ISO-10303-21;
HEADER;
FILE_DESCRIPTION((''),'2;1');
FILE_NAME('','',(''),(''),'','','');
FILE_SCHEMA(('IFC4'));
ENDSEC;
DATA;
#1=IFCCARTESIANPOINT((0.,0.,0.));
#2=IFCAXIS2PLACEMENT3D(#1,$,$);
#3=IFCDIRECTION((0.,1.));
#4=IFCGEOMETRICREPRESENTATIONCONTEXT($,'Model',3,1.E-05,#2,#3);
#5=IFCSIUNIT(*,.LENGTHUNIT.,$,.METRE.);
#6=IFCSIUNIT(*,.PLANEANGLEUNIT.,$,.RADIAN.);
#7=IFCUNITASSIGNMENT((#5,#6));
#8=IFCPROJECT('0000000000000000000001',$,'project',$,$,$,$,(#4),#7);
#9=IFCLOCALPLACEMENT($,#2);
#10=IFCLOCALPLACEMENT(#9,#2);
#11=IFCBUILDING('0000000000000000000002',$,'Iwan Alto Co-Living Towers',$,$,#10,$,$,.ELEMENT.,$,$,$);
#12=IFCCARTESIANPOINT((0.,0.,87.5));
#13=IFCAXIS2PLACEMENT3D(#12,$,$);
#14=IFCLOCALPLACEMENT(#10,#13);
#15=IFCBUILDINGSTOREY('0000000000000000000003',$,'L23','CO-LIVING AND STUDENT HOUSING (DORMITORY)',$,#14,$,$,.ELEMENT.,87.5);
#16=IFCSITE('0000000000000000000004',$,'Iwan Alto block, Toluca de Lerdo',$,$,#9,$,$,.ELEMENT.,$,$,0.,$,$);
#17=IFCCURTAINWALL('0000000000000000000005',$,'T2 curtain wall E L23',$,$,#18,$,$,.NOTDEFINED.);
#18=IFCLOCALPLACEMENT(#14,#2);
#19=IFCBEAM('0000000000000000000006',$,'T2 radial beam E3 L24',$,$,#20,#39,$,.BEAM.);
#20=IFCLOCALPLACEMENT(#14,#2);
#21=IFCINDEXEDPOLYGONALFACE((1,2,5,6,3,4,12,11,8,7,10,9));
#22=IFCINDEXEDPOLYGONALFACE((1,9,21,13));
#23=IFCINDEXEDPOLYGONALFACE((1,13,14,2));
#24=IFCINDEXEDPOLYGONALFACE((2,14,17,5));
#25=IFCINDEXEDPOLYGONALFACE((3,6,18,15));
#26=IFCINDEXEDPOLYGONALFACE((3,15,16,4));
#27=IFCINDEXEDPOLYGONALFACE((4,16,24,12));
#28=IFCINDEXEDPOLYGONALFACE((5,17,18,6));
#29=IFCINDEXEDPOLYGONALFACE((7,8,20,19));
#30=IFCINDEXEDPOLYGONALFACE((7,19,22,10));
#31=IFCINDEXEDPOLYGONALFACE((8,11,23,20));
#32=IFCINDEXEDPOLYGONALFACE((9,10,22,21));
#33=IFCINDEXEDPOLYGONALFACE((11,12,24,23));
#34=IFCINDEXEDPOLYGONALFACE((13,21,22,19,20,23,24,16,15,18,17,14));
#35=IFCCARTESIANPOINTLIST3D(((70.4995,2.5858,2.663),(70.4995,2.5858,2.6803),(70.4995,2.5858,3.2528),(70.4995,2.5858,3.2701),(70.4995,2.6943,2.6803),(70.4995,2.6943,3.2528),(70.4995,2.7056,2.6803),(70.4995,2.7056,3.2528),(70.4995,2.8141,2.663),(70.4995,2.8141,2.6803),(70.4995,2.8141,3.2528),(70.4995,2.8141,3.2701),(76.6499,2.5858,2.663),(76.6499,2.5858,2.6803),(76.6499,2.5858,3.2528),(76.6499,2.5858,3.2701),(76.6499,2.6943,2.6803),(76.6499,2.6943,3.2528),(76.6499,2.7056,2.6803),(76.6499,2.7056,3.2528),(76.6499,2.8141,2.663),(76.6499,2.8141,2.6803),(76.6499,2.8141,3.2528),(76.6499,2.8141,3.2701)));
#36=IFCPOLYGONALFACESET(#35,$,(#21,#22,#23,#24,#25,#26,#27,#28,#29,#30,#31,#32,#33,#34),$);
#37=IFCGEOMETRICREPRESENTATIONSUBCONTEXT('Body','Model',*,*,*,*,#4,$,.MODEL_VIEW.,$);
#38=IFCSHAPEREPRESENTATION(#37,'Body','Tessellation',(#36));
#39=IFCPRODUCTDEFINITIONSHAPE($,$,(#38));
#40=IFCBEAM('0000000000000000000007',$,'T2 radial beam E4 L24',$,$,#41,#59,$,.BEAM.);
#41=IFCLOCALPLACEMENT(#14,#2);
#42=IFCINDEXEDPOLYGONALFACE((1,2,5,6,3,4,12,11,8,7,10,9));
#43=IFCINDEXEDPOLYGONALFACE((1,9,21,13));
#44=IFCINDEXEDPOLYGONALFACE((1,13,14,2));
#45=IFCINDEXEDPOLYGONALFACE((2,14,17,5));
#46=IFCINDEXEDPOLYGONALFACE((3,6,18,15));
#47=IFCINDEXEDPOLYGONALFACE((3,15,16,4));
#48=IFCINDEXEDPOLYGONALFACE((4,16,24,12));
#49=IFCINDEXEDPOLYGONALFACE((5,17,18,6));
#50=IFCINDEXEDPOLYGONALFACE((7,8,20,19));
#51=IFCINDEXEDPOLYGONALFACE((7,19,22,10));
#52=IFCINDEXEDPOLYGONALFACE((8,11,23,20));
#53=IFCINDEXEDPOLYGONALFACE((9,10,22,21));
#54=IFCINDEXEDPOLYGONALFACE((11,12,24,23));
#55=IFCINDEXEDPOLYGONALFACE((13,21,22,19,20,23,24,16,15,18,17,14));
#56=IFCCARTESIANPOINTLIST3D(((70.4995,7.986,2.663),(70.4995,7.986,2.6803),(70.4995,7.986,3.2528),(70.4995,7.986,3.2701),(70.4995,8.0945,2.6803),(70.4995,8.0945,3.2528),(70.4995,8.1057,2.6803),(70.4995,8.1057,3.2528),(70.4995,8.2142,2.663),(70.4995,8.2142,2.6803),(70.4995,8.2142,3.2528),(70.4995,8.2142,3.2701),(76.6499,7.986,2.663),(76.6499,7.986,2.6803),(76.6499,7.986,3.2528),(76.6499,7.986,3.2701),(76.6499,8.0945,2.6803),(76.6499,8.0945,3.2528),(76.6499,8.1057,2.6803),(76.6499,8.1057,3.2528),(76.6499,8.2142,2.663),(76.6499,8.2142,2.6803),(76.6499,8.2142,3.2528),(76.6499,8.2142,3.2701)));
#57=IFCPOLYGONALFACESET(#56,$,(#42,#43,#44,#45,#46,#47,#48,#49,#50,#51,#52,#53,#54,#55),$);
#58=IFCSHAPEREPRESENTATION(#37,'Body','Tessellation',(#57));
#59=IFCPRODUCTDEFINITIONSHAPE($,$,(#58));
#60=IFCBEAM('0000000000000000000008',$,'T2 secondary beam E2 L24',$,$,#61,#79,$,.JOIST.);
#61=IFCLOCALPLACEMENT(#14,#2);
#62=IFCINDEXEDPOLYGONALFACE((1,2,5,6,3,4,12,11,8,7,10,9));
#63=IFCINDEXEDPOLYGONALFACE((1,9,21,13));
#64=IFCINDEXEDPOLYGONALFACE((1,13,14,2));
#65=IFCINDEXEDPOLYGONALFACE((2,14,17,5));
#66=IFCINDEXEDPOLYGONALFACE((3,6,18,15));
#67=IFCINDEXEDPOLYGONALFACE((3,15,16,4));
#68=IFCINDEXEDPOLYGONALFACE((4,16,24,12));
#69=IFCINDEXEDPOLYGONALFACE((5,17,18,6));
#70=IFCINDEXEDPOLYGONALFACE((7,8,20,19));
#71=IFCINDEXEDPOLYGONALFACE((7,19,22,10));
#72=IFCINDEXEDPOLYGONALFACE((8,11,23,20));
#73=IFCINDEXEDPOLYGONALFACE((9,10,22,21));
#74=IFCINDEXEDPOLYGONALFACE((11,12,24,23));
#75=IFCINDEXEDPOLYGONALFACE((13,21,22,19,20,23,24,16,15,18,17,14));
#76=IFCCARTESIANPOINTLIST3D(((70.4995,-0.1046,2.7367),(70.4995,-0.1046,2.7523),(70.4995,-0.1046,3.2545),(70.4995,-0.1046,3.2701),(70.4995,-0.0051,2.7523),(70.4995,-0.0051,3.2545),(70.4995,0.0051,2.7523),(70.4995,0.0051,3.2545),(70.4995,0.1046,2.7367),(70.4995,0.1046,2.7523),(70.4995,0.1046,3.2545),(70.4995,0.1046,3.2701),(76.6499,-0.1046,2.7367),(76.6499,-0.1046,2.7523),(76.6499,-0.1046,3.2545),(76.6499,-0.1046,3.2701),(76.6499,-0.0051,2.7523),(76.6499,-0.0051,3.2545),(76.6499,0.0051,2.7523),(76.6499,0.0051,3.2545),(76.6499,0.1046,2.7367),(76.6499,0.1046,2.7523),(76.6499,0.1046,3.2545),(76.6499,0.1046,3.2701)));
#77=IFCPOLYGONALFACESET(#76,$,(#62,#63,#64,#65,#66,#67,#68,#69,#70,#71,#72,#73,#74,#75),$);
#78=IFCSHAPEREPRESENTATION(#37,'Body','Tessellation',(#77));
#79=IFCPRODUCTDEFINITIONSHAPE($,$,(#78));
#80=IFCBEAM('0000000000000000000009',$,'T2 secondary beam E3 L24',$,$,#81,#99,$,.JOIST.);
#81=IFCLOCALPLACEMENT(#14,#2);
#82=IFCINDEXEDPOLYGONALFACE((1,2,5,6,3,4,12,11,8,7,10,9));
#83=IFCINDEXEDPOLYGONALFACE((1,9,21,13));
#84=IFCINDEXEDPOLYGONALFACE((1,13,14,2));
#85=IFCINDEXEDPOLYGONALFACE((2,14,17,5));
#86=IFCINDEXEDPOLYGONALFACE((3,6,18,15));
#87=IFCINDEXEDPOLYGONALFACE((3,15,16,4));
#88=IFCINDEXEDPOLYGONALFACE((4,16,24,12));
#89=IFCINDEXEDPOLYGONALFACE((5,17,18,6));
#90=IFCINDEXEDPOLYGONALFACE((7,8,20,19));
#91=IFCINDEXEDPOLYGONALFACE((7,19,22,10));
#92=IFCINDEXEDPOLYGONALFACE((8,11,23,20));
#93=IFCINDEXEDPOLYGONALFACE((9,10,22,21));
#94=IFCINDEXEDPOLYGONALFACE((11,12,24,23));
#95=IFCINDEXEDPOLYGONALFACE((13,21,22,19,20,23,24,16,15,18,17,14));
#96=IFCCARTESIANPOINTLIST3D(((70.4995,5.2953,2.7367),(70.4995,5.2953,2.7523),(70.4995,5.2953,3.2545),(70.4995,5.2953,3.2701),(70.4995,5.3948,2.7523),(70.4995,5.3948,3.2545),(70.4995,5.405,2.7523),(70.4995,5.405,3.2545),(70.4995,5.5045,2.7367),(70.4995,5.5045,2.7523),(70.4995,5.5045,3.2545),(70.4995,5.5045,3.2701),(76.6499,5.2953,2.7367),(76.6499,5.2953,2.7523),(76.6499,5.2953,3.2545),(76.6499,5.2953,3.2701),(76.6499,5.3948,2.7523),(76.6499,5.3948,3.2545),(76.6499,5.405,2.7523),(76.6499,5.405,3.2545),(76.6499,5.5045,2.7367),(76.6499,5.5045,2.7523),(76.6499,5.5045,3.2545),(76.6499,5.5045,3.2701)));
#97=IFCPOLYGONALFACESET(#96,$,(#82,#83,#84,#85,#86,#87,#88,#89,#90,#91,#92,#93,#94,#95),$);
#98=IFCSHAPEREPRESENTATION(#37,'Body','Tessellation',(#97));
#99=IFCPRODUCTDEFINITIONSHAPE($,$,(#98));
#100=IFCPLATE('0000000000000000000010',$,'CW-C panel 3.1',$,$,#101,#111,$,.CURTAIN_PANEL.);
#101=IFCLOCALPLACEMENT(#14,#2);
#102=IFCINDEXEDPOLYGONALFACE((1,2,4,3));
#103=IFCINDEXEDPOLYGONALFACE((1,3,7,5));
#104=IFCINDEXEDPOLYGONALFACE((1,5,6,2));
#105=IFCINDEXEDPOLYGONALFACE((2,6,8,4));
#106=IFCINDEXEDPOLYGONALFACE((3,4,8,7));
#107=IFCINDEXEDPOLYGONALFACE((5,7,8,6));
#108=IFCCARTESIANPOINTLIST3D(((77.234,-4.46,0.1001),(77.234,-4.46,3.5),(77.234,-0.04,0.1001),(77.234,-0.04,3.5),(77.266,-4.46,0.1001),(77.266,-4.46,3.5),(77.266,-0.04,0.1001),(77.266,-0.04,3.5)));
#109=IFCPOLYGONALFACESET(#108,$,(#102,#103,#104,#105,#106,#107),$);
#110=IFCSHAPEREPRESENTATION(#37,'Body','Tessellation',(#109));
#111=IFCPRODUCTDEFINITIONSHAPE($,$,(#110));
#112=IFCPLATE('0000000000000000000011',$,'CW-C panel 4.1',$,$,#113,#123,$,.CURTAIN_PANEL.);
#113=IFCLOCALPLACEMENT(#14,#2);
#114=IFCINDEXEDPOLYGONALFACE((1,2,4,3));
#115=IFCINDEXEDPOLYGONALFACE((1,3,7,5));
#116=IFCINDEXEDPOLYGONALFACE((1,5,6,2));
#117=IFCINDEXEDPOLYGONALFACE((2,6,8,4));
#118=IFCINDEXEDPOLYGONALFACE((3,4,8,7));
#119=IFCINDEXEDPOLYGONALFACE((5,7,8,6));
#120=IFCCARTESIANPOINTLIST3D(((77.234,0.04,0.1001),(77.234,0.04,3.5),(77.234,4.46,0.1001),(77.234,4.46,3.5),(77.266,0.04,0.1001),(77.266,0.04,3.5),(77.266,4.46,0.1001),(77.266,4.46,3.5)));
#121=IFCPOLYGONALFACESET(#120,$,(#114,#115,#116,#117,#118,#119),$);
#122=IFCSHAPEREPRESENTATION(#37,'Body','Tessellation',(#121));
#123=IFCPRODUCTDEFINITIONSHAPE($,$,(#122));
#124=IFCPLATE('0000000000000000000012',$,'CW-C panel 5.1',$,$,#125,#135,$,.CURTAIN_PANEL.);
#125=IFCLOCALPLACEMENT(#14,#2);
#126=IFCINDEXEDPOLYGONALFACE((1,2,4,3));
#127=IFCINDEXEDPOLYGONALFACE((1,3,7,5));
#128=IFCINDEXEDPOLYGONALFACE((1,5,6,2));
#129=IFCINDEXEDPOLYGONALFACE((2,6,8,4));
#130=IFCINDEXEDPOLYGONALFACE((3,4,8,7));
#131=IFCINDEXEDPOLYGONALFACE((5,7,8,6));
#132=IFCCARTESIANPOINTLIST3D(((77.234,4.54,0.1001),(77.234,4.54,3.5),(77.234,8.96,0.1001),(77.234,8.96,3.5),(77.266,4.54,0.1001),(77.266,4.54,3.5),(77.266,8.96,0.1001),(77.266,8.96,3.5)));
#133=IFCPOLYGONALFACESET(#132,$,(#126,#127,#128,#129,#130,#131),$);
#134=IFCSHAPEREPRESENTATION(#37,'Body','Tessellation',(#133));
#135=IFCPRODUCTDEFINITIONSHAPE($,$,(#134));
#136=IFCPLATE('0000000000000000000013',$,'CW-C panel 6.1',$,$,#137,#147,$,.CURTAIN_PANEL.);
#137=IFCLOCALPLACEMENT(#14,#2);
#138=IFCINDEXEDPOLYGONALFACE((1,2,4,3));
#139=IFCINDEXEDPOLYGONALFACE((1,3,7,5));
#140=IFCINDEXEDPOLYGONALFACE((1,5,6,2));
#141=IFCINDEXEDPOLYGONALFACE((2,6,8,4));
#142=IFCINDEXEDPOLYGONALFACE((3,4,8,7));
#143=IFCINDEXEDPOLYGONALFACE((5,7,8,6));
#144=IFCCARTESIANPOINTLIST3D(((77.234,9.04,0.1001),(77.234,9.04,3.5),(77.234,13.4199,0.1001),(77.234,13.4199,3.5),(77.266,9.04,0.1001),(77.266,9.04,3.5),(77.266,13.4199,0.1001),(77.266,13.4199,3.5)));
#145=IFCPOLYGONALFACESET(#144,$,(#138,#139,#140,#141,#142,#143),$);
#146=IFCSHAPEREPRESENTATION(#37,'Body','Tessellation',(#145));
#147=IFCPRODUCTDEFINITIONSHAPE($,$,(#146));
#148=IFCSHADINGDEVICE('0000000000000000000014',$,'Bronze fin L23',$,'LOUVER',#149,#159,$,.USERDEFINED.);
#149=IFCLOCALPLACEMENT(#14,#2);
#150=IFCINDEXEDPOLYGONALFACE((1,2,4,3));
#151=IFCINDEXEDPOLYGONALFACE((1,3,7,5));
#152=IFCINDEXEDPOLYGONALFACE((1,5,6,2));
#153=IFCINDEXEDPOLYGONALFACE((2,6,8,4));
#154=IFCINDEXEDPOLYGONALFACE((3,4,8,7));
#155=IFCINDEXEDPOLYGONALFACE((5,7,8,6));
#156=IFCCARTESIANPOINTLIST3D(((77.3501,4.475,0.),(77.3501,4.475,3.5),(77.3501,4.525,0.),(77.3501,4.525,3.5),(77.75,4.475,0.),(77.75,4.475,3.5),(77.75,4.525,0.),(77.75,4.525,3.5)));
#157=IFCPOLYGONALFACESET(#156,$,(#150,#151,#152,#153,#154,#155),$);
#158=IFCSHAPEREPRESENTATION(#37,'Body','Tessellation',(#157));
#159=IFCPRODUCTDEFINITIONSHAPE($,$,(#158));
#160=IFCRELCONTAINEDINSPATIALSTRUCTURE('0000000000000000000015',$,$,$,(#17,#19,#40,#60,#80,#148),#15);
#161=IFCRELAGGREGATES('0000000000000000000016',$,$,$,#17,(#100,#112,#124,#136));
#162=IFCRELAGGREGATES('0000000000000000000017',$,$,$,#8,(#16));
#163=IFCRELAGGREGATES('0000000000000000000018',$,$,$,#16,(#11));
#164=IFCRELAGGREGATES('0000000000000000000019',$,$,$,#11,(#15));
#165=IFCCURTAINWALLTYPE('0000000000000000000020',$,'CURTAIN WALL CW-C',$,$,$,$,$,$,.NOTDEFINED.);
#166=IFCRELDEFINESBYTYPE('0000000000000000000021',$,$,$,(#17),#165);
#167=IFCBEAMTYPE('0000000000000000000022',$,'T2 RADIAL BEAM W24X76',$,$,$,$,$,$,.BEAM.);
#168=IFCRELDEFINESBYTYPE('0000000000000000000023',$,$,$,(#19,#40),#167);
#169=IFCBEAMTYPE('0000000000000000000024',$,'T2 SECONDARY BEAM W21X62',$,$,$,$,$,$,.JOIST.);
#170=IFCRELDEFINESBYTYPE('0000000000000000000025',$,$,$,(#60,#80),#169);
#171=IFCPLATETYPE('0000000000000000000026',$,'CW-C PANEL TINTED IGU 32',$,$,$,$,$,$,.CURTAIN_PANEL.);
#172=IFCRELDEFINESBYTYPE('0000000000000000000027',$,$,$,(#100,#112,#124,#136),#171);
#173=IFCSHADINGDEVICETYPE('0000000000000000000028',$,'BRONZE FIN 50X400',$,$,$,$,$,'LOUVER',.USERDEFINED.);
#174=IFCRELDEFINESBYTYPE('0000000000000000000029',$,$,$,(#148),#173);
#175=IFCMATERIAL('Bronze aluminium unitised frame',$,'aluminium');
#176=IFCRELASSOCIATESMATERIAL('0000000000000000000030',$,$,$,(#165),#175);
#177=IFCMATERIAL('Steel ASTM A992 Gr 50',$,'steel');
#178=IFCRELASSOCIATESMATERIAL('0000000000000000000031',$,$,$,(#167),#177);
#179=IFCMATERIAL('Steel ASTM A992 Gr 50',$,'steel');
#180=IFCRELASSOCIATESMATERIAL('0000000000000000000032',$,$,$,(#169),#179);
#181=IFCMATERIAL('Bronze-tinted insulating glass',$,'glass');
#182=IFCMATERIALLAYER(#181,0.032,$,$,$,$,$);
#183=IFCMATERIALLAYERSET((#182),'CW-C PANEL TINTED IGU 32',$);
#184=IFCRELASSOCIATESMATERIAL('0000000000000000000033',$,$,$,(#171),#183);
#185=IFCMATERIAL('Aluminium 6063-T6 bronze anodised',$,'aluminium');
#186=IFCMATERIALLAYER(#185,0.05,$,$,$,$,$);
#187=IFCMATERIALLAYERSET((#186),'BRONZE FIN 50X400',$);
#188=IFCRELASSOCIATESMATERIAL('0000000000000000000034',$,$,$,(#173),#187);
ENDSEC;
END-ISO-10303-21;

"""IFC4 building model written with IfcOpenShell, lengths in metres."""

from ifc_helpers import new_model, si_unit, direction, frame, origin, origin_2d, place, context, subcontext, project, spatial, rectangle, i_section, extrude, material, layer, layer_set, material_profile, profile_set, type_object, element, aggregate, save


model = new_model("IFC4")

# Units and contexts
model_context = context("Model", 3, precision=1e-05, world=origin(), true_north=direction((0.0, 1.0)))
body_context = subcontext(model_context, "Body", "Model", "MODEL_VIEW")
ifc_project = project(units=[si_unit("LENGTHUNIT", "METRE"), si_unit("PLANEANGLEUNIT", "RADIAN")], contexts=[model_context])

# Site, building, storey
site_placement = place(None, origin())
site = spatial("IfcSite", under=ifc_project, at=site_placement, Name="Iwan Alto block, Toluca de Lerdo", CompositionType="ELEMENT", RefElevation=0.0)
building_placement = place(site_placement, origin())
building = spatial("IfcBuilding", under=site, at=building_placement, Name="Iwan Alto Co-Living Towers", CompositionType="ELEMENT")
storey_placement = place(building_placement, frame((0.0, 0.0, 87.5)))
storey = spatial("IfcBuildingStorey", under=building, at=storey_placement, Name="L23", Description="CO-LIVING AND STUDENT HOUSING (DORMITORY)", CompositionType="ELEMENT", Elevation=87.5)

# Curtain wall
ifc_material_1 = material(Name="Bronze aluminium unitised frame", Category="aluminium")
curtain_wall_type = type_object("IfcCurtainWallType", Name="CURTAIN WALL CW-C", PredefinedType="NOTDEFINED", material=ifc_material_1)
curtain_wall_placement = place(storey_placement, origin())
curtain_wall = element("IfcCurtainWall", 1, at=curtain_wall_placement, inside=storey, type_object=curtain_wall_type, Name="T2 curtain wall E L23", PredefinedType="NOTDEFINED")

# Beams
ifc_material_2 = material(Name="Steel ASTM A992 Gr 50", Category="steel")
ifc_material_profile_1 = material_profile(ifc_material_2, i_section(OverallWidth=0.2283, OverallDepth=0.6072, WebThickness=0.0112, FlangeThickness=0.0173, at=origin_2d()), Name="W24X76")
ifc_profile_set_1 = profile_set([ifc_material_profile_1], Name="Steel ASTM A992 Gr 50")
beam_type_1 = type_object("IfcBeamType", Name="T2 RADIAL BEAM W24X76", PredefinedType="BEAM", material=ifc_profile_set_1)
for number, where, z_axis, x_axis, name in (
    (2, (76.6499, 2.7, 2.9666), (-1.0, 0.0, 0.0), (0.0, -1.0, 0.0), "T2 radial beam E3 L24"),
    (3, (76.6499, 8.1001, 2.9666), (-1.0, 0.0, 0.0), (0.0, -1.0, 0.0), "T2 radial beam E4 L24"),
):
    element("IfcBeam", number, at=place(storey_placement, frame(where, z_axis=z_axis, x_axis=x_axis)), inside=storey, type_object=beam_type_1, Name=name, PredefinedType="BEAM", context=body_context, shape_type="SweptSolid", body=[
        extrude(i_section(OverallWidth=0.2283, OverallDepth=0.6072, WebThickness=0.0112, FlangeThickness=0.0173, at=origin_2d()), origin(), (0.0, 0.0, 1.0), 6.1504),
    ])
ifc_material_3 = material(Name="Steel ASTM A992 Gr 50", Category="steel")
ifc_material_profile_2 = material_profile(ifc_material_3, i_section(OverallWidth=0.2092, OverallDepth=0.5334, WebThickness=0.0103, FlangeThickness=0.0156, at=origin_2d()), Name="W21X62")
ifc_profile_set_2 = profile_set([ifc_material_profile_2], Name="Steel ASTM A992 Gr 50")
beam_type_2 = type_object("IfcBeamType", Name="T2 SECONDARY BEAM W21X62", PredefinedType="JOIST", material=ifc_profile_set_2)
for number, where, z_axis, x_axis, name in (
    (4, (76.6499, 0.0, 3.0034), (-1.0, 0.0, 0.0), (0.0, -1.0, 0.0), "T2 secondary beam E2 L24"),
    (5, (76.6499, 5.3999, 3.0034), (-1.0, 0.0, 0.0), (0.0, -1.0, 0.0), "T2 secondary beam E3 L24"),
):
    element("IfcBeam", number, at=place(storey_placement, frame(where, z_axis=z_axis, x_axis=x_axis)), inside=storey, type_object=beam_type_2, Name=name, PredefinedType="JOIST", context=body_context, shape_type="SweptSolid", body=[
        extrude(i_section(OverallWidth=0.2092, OverallDepth=0.5334, WebThickness=0.0103, FlangeThickness=0.0156, at=origin_2d()), origin(), (0.0, 0.0, 1.0), 6.1504),
    ])

# Plates
ifc_material_4 = material(Name="Bronze-tinted insulating glass", Category="glass")
ifc_layer_1 = layer(ifc_material_4, 0.032)
ifc_layer_set_1 = layer_set([ifc_layer_1], Name="CW-C PANEL TINTED IGU 32")
plate_type = type_object("IfcPlateType", Name="CW-C PANEL TINTED IGU 32", PredefinedType="CURTAIN_PANEL", material=ifc_layer_set_1)
plate_1_placement = place(storey_placement, frame((77.25, -2.25, 0.1001), z_axis=(0.0, 0.0, 1.0), x_axis=(0.0, 1.0, 0.0)))
plate_1 = element("IfcPlate", 6, at=plate_1_placement, type_object=plate_type, Name="CW-C panel 3.1", PredefinedType="CURTAIN_PANEL", context=body_context, shape_type="SweptSolid", body=[
    extrude(rectangle(XDim=4.4199, YDim=0.032, at=origin_2d()), origin(), (0.0, 0.0, 1.0), 3.3999),
])
plate_2_placement = place(storey_placement, frame((77.25, 2.25, 0.1001), z_axis=(0.0, 0.0, 1.0), x_axis=(0.0, 1.0, 0.0)))
plate_2 = element("IfcPlate", 7, at=plate_2_placement, type_object=plate_type, Name="CW-C panel 4.1", PredefinedType="CURTAIN_PANEL", context=body_context, shape_type="SweptSolid", body=[
    extrude(rectangle(XDim=4.4199, YDim=0.032, at=origin_2d()), origin(), (0.0, 0.0, 1.0), 3.3999),
])
plate_3_placement = place(storey_placement, frame((77.25, 6.75, 0.1001), z_axis=(0.0, 0.0, 1.0), x_axis=(0.0, 1.0, 0.0)))
plate_3 = element("IfcPlate", 8, at=plate_3_placement, type_object=plate_type, Name="CW-C panel 5.1", PredefinedType="CURTAIN_PANEL", context=body_context, shape_type="SweptSolid", body=[
    extrude(rectangle(XDim=4.4199, YDim=0.032, at=origin_2d()), origin(), (0.0, 0.0, 1.0), 3.3999),
])
plate_4_placement = place(storey_placement, frame((77.25, 11.23, 0.1001), z_axis=(0.0, 0.0, 1.0), x_axis=(0.0, 1.0, 0.0)))
plate_4 = element("IfcPlate", 9, at=plate_4_placement, type_object=plate_type, Name="CW-C panel 6.1", PredefinedType="CURTAIN_PANEL", context=body_context, shape_type="SweptSolid", body=[
    extrude(rectangle(XDim=4.3799, YDim=0.032, at=origin_2d()), origin(), (0.0, 0.0, 1.0), 3.3999),
])
aggregate(curtain_wall, [plate_1, plate_2, plate_3, plate_4])

# Shading device
ifc_material_5 = material(Name="Aluminium 6063-T6 bronze anodised", Category="aluminium")
ifc_layer_2 = layer(ifc_material_5, 0.05)
ifc_layer_set_2 = layer_set([ifc_layer_2], Name="BRONZE FIN 50X400")
shading_device_type = type_object("IfcShadingDeviceType", Name="BRONZE FIN 50X400", ElementType="LOUVER", PredefinedType="USERDEFINED", material=ifc_layer_set_2)
shading_device_placement = place(storey_placement, frame((77.55, 4.5, 0.0), z_axis=(0.0, 0.0, 1.0), x_axis=(0.0, 1.0, 0.0)))
element("IfcShadingDevice", 10, at=shading_device_placement, inside=storey, type_object=shading_device_type, Name="Bronze fin L23", ObjectType="LOUVER", PredefinedType="USERDEFINED", context=body_context, shape_type="SweptSolid", body=[
    extrude(rectangle(XDim=0.05, YDim=0.3999, at=origin_2d()), origin(), (0.0, 0.0, 1.0), 3.5),
])

save(model, "model.ifc")
